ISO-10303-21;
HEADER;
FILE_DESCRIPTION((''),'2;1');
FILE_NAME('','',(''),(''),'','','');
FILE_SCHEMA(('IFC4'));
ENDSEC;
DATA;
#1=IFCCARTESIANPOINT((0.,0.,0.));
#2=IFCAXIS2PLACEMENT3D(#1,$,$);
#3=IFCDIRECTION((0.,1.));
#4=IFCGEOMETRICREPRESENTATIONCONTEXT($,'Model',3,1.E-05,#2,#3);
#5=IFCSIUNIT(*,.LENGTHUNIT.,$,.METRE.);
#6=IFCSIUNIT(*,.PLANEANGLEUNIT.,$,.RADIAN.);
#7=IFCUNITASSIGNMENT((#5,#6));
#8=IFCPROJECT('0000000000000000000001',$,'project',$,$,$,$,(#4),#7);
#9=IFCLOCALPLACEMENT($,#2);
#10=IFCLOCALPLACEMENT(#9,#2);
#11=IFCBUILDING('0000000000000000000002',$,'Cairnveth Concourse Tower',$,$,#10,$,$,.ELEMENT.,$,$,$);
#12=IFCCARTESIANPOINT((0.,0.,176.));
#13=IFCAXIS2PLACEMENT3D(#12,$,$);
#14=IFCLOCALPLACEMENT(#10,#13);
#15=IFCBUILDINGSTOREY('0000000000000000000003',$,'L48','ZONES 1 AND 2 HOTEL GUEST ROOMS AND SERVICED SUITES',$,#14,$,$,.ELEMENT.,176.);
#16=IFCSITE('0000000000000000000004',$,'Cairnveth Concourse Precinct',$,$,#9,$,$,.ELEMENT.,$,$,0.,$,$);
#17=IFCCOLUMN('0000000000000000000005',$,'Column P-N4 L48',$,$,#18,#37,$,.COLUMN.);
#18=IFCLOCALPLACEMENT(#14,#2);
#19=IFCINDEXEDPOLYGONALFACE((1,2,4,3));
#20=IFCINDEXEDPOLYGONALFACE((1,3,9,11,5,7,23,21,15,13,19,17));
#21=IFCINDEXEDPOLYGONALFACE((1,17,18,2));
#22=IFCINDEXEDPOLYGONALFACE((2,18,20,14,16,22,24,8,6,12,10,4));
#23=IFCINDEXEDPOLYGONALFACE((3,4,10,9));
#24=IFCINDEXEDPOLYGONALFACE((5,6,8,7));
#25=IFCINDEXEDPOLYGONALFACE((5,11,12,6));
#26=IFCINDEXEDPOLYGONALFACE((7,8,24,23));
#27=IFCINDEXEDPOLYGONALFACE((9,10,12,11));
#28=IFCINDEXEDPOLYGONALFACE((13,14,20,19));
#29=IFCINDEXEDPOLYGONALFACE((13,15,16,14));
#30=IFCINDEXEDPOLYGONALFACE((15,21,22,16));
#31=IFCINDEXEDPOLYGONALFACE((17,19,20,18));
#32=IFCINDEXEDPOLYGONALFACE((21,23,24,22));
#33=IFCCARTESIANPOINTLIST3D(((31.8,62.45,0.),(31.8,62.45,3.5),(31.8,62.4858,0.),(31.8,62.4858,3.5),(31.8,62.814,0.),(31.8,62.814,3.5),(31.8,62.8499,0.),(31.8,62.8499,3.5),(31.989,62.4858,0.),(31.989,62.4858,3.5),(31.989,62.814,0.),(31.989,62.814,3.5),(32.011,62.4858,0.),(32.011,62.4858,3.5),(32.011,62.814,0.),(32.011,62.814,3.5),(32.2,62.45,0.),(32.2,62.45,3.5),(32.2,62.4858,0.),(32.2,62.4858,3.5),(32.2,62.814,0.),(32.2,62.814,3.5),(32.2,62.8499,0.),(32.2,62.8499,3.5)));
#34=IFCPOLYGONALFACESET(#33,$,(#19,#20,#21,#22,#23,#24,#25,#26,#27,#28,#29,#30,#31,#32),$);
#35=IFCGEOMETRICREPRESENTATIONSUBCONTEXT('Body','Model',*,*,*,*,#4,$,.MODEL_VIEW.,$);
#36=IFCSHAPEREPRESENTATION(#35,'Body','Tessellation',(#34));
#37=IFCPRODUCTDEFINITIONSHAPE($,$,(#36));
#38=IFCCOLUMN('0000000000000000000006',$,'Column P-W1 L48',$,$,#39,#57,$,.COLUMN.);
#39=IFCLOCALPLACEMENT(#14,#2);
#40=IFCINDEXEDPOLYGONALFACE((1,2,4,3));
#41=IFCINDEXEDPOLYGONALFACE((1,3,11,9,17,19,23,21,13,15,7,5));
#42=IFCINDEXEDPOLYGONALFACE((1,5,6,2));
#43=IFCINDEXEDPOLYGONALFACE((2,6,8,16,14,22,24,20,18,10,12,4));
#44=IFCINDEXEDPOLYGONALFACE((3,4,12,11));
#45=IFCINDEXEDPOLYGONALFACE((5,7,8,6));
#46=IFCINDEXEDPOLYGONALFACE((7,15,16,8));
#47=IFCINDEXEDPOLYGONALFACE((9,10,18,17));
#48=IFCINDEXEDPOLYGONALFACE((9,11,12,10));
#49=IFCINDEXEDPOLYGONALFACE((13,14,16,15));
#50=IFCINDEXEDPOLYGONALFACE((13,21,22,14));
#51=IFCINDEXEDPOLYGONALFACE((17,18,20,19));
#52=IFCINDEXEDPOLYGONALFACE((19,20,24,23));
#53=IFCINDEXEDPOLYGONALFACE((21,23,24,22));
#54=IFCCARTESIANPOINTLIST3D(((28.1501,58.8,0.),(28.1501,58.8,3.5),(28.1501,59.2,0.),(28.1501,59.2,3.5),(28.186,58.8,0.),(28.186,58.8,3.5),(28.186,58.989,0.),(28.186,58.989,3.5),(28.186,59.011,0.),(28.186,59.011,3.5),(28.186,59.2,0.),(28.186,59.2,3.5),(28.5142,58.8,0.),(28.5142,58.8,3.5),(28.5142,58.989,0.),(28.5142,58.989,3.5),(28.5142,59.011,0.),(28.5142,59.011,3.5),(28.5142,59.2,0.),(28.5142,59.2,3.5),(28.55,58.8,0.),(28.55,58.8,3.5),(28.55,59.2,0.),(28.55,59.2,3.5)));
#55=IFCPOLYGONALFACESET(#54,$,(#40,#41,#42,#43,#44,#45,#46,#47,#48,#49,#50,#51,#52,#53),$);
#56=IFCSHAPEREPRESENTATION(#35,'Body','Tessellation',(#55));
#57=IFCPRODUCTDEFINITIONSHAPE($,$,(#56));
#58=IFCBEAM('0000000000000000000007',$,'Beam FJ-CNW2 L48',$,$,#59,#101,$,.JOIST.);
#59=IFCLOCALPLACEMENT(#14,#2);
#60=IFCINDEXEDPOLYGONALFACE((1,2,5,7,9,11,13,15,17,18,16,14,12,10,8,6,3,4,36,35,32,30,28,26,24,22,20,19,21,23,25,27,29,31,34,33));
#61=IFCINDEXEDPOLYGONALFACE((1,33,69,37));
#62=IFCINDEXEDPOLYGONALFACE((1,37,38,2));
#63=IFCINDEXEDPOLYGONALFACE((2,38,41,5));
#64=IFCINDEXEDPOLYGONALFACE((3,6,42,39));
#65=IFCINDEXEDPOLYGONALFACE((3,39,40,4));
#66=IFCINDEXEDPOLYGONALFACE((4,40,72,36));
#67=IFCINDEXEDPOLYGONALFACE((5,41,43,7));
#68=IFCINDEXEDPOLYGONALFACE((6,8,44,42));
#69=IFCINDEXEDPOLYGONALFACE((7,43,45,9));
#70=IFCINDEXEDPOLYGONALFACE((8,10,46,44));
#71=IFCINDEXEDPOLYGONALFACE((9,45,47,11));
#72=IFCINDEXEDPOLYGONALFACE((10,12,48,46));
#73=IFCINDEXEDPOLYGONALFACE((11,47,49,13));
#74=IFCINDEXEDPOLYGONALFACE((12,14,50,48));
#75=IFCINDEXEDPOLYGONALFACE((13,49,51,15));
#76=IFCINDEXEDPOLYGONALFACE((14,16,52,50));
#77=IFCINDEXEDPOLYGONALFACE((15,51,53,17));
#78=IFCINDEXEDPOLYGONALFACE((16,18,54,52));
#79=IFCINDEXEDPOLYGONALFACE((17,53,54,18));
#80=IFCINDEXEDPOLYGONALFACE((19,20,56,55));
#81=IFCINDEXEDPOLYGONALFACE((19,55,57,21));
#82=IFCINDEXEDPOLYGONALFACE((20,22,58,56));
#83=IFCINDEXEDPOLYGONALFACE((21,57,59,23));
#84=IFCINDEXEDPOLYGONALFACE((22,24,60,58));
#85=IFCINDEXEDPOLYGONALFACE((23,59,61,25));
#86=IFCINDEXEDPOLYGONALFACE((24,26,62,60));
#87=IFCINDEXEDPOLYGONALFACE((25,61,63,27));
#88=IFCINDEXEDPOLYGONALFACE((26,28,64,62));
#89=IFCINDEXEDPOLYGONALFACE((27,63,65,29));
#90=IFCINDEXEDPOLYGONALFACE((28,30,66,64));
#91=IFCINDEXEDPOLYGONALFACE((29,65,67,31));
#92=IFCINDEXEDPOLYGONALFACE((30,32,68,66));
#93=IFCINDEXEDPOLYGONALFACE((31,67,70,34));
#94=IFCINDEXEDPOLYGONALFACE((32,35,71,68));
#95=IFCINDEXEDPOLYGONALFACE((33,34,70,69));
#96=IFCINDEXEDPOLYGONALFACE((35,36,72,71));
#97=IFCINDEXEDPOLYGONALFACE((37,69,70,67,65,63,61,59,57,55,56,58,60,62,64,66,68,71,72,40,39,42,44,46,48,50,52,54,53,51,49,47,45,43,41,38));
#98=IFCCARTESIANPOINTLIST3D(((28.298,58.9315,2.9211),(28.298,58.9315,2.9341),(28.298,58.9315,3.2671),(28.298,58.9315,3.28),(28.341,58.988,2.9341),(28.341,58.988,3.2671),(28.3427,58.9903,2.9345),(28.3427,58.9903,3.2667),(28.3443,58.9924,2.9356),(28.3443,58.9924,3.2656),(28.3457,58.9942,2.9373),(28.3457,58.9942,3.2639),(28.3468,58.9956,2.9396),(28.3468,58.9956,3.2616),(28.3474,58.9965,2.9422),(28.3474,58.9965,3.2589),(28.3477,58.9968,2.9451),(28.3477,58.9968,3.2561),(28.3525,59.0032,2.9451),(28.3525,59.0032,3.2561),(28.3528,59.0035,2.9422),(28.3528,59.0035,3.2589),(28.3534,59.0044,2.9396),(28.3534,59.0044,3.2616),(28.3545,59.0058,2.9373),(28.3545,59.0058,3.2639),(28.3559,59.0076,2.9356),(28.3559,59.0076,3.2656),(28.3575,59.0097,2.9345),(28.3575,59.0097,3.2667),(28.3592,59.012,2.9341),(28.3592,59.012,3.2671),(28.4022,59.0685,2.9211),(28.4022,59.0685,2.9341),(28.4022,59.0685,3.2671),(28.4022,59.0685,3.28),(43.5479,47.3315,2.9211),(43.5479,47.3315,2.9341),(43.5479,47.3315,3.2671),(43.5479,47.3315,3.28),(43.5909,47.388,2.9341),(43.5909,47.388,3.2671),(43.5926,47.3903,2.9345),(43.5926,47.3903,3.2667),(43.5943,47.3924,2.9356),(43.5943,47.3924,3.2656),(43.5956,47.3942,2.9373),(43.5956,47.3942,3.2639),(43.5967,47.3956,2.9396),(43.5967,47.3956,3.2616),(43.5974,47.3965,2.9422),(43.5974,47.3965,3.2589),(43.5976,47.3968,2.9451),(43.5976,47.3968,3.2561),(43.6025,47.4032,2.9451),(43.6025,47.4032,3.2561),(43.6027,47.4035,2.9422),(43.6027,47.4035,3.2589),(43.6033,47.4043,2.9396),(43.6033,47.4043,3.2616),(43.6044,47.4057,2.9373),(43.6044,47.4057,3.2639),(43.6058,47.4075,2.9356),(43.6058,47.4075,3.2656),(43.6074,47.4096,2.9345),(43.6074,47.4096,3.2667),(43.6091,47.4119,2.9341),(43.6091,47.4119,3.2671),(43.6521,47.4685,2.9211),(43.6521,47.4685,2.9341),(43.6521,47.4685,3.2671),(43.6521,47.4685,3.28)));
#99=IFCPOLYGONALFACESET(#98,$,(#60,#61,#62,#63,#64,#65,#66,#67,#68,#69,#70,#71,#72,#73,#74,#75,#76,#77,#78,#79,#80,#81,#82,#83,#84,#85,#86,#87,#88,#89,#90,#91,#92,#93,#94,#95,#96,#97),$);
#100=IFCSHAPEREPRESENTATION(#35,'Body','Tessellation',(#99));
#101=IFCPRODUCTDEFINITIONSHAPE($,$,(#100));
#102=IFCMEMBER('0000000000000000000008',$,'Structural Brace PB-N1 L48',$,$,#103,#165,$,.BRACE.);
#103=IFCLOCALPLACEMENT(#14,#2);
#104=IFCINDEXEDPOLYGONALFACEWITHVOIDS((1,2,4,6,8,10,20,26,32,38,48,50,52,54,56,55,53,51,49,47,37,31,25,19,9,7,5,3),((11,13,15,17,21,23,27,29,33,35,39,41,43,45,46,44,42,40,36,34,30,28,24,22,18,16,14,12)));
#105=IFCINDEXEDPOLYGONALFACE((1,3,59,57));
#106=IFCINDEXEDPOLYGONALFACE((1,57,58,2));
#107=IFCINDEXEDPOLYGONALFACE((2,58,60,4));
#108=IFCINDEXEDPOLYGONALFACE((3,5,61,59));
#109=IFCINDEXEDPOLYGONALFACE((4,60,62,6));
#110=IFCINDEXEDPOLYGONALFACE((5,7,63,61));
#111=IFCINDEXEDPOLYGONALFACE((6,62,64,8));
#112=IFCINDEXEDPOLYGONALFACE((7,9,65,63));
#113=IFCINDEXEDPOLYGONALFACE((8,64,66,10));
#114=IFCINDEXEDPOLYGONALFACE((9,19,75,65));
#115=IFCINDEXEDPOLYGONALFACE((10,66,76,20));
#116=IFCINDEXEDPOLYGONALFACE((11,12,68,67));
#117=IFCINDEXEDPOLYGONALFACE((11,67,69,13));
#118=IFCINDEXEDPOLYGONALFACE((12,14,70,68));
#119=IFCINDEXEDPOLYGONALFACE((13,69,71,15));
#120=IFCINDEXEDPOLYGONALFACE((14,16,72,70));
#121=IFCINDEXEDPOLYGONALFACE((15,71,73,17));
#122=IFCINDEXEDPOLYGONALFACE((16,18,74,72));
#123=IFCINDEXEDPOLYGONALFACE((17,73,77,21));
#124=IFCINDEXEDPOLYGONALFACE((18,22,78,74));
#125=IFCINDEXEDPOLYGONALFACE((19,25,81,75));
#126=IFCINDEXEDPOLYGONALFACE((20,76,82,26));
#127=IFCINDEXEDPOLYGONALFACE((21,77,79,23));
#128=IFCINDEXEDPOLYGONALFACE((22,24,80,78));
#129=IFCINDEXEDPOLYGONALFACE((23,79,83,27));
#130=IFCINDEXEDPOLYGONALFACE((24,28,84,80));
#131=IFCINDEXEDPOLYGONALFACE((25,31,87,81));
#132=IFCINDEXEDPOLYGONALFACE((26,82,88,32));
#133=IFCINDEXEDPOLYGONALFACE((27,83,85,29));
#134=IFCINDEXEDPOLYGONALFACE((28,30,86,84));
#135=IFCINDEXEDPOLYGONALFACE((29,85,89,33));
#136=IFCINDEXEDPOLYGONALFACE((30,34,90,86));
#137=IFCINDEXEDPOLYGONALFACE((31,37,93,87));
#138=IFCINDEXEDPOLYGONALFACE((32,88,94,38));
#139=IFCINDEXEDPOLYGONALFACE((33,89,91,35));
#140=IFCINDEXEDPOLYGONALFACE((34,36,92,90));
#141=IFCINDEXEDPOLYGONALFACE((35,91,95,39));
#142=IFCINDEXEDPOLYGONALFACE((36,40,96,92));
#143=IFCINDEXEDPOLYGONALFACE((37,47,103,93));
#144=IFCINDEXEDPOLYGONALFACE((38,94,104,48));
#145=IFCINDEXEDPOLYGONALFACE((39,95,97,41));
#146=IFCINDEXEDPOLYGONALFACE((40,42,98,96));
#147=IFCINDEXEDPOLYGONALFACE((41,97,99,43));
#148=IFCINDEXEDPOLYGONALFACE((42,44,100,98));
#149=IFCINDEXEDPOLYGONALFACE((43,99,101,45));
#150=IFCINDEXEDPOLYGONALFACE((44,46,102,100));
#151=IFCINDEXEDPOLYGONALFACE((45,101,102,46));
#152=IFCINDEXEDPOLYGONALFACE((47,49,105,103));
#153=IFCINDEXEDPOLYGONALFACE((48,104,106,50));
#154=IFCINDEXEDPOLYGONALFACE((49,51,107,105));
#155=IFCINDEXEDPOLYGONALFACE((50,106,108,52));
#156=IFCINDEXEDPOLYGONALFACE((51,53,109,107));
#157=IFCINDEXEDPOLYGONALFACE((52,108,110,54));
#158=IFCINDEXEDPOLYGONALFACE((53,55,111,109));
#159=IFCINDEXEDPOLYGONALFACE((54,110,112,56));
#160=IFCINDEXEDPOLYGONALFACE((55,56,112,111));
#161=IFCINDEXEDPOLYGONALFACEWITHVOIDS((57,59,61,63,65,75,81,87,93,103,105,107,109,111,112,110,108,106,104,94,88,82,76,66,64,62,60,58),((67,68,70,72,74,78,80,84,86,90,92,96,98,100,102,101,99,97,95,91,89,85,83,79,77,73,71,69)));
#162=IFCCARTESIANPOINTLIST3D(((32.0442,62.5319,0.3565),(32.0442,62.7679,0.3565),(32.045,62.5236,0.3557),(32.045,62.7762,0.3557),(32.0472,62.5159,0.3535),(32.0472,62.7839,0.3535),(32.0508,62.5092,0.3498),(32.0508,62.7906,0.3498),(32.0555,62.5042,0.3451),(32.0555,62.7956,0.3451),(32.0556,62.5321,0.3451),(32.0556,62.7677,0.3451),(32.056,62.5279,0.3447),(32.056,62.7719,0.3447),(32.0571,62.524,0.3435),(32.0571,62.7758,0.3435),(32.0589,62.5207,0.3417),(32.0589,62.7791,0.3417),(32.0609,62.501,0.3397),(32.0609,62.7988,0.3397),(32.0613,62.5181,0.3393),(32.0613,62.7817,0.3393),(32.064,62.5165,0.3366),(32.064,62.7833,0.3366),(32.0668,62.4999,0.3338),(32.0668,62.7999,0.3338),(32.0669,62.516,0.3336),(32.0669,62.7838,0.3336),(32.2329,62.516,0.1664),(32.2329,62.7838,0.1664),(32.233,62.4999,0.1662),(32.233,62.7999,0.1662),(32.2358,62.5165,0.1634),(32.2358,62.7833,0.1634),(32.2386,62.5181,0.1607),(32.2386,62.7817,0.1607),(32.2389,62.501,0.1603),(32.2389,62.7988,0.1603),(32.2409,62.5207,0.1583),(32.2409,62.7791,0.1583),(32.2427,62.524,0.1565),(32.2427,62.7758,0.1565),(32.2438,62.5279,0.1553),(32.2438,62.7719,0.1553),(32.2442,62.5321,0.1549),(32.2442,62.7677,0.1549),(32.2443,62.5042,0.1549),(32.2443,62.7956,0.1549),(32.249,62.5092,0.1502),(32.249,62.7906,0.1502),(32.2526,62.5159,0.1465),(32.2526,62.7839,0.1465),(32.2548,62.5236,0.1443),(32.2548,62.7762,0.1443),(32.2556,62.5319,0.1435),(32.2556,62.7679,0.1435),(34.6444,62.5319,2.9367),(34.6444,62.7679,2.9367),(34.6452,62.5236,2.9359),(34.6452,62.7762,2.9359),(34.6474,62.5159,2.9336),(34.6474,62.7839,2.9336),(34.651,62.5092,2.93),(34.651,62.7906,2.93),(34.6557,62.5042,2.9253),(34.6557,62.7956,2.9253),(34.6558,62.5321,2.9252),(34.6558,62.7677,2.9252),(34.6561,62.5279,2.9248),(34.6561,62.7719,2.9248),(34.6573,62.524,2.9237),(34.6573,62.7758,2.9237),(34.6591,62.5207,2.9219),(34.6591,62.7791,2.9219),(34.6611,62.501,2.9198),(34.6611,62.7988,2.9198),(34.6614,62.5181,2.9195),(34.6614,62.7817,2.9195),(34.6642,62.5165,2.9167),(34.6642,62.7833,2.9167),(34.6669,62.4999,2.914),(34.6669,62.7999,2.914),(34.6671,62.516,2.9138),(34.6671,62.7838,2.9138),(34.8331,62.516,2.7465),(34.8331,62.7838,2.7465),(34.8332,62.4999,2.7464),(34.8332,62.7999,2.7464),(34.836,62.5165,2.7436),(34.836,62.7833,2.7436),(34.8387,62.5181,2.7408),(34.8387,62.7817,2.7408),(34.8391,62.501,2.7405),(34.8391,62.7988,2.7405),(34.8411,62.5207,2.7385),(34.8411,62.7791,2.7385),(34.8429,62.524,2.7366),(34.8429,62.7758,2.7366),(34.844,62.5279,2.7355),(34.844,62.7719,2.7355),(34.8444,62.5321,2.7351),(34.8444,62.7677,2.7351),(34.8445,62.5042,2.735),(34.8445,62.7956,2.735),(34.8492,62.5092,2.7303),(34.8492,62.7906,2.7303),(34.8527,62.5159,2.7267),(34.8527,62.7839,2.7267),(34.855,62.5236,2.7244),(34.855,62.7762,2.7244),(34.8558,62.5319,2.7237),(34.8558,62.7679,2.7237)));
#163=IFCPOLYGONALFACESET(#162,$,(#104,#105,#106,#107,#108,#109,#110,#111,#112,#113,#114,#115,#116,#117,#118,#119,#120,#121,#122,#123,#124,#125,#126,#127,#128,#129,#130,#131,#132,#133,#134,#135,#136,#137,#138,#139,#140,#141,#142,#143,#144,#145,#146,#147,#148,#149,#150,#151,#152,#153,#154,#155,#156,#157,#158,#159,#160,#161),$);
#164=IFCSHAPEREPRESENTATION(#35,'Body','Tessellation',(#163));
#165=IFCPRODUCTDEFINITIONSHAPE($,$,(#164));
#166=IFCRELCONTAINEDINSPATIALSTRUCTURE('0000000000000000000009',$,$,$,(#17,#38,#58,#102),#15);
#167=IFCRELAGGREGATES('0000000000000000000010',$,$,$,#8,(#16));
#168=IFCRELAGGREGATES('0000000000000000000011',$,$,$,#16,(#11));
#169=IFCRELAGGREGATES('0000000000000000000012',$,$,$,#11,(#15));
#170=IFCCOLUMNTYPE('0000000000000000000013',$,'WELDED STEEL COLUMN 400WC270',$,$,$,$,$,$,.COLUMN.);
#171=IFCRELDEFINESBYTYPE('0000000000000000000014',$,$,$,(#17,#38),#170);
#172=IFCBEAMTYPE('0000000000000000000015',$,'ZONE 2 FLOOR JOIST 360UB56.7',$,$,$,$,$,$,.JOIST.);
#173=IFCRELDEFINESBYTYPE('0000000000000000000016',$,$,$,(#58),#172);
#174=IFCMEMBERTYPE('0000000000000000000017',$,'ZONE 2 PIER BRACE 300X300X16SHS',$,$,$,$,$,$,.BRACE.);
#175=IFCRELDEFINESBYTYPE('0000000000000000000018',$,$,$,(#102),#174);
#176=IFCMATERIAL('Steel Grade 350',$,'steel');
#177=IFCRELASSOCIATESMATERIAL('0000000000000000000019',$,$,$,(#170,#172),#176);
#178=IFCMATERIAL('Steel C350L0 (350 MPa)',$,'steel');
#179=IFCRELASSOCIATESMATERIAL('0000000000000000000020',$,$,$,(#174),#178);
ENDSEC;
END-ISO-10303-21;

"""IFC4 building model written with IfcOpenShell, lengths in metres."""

from ifc_helpers import new_model, si_unit, direction, frame, origin, origin_2d, place, context, subcontext, project, spatial, hollow_rectangle, i_section, extrude, material, material_profile, profile_set, type_object, element, save


model = new_model("IFC4")

# Units and contexts
model_context = context("Model", 3, precision=1e-05, world=origin(), true_north=direction((0.0, 1.0)))
body_context = subcontext(model_context, "Body", "Model", "MODEL_VIEW")
ifc_project = project(units=[si_unit("LENGTHUNIT", "METRE"), si_unit("PLANEANGLEUNIT", "RADIAN")], contexts=[model_context])

# Site, building, storey
site_placement = place(None, origin())
site = spatial("IfcSite", under=ifc_project, at=site_placement, Name="Cairnveth Concourse Precinct", CompositionType="ELEMENT", RefElevation=0.0)
building_placement = place(site_placement, origin())
building = spatial("IfcBuilding", under=site, at=building_placement, Name="Cairnveth Concourse Tower", CompositionType="ELEMENT")
storey_placement = place(building_placement, frame((0.0, 0.0, 176.0)))
storey = spatial("IfcBuildingStorey", under=building, at=storey_placement, Name="L48", Description="ZONES 1 AND 2 HOTEL GUEST ROOMS AND SERVICED SUITES", CompositionType="ELEMENT", Elevation=176.0)

# Columns
ifc_material_1 = material(Name="Steel Grade 350", Category="steel")
ifc_material_profile_1 = material_profile(ifc_material_1, i_section(OverallWidth=0.3999, OverallDepth=0.3999, WebThickness=0.022, FlangeThickness=0.0359, at=origin_2d()), Name="400WC270")
ifc_profile_set_1 = profile_set([ifc_material_profile_1], Name="Steel Grade 350")
column_type = type_object("IfcColumnType", Name="WELDED STEEL COLUMN 400WC270", PredefinedType="COLUMN", material=ifc_profile_set_1)
for number, where, z_axis, x_axis, name in (
    (1, (32.0, 62.6499, 0.0), (0.0, 0.0, 1.0), (1.0, 0.0, 0.0), "Column P-N4 L48"),
    (2, (28.3501, 59.0, 0.0), (0.0, 0.0, 1.0), (0.0, 1.0, 0.0), "Column P-W1 L48"),
):
    element("IfcColumn", number, at=place(storey_placement, frame(where, z_axis=z_axis, x_axis=x_axis)), inside=storey, type_object=column_type, Name=name, PredefinedType="COLUMN", context=body_context, shape_type="SweptSolid", body=[
        extrude(i_section(OverallWidth=0.3999, OverallDepth=0.3999, WebThickness=0.022, FlangeThickness=0.0359, at=origin_2d()), origin(), (0.0, 0.0, 1.0), 3.5),
    ])

# Beam
ifc_material_profile_2 = material_profile(ifc_material_1, i_section(OverallWidth=0.1721, OverallDepth=0.3589, WebThickness=0.0081, FlangeThickness=0.0129, FilletRadius=0.011, at=origin_2d()), Name="360UB56.7")
ifc_profile_set_2 = profile_set([ifc_material_profile_2], Name="Steel Grade 350")
beam_type_1 = type_object("IfcBeamType", Name="ZONE 2 FLOOR JOIST 360UB56.7", PredefinedType="JOIST", material=ifc_profile_set_2)
beam_1_placement = place(storey_placement, frame((28.3501, 59.0, 3.1006), z_axis=(0.795908, -0.605417, 0.0), x_axis=(0.605417, 0.795908, 0.0)))
element("IfcBeam", 3, at=beam_1_placement, inside=storey, type_object=beam_type_1, Name="Beam FJ-CNW2 L48", PredefinedType="JOIST", context=body_context, shape_type="SweptSolid", body=[
    extrude(i_section(OverallWidth=0.1721, OverallDepth=0.3589, WebThickness=0.0081, FlangeThickness=0.0129, FilletRadius=0.011, at=origin_2d()), origin(), (0.0, 0.0, 1.0), 19.1604),
])

# Member
ifc_material_2 = material(Name="Steel C350L0 (350 MPa)", Category="steel")
ifc_material_profile_3 = material_profile(ifc_material_2, hollow_rectangle(XDim=0.3, YDim=0.3, WallThickness=0.0161, InnerFilletRadius=0.0161, OuterFilletRadius=0.032, at=origin_2d()), Name="300x300x16.0SHS")
ifc_profile_set_3 = profile_set([ifc_material_profile_3], Name="Steel C350L0 (350 MPa)")
member_type = type_object("IfcMemberType", Name="ZONE 2 PIER BRACE 300X300X16SHS", PredefinedType="BRACE", material=ifc_profile_set_3)
for number, where, z_axis, x_axis, name in (
    (4, (32.1499, 62.6499, 0.25), (0.709834, 0.0, 0.704369), (0.0, 1.0, 0.0), "Structural Brace PB-N1 L48"),
):
    element("IfcMember", number, at=place(storey_placement, frame(where, z_axis=z_axis, x_axis=x_axis)), inside=storey, type_object=member_type, Name=name, PredefinedType="BRACE", context=body_context, shape_type="SweptSolid", body=[
        extrude(hollow_rectangle(XDim=0.3, YDim=0.3, WallThickness=0.0161, InnerFilletRadius=0.0161, OuterFilletRadius=0.032, at=origin_2d()), origin(), (0.0, 0.0, 1.0), 3.6631),
    ])

save(model, "model.ifc")
